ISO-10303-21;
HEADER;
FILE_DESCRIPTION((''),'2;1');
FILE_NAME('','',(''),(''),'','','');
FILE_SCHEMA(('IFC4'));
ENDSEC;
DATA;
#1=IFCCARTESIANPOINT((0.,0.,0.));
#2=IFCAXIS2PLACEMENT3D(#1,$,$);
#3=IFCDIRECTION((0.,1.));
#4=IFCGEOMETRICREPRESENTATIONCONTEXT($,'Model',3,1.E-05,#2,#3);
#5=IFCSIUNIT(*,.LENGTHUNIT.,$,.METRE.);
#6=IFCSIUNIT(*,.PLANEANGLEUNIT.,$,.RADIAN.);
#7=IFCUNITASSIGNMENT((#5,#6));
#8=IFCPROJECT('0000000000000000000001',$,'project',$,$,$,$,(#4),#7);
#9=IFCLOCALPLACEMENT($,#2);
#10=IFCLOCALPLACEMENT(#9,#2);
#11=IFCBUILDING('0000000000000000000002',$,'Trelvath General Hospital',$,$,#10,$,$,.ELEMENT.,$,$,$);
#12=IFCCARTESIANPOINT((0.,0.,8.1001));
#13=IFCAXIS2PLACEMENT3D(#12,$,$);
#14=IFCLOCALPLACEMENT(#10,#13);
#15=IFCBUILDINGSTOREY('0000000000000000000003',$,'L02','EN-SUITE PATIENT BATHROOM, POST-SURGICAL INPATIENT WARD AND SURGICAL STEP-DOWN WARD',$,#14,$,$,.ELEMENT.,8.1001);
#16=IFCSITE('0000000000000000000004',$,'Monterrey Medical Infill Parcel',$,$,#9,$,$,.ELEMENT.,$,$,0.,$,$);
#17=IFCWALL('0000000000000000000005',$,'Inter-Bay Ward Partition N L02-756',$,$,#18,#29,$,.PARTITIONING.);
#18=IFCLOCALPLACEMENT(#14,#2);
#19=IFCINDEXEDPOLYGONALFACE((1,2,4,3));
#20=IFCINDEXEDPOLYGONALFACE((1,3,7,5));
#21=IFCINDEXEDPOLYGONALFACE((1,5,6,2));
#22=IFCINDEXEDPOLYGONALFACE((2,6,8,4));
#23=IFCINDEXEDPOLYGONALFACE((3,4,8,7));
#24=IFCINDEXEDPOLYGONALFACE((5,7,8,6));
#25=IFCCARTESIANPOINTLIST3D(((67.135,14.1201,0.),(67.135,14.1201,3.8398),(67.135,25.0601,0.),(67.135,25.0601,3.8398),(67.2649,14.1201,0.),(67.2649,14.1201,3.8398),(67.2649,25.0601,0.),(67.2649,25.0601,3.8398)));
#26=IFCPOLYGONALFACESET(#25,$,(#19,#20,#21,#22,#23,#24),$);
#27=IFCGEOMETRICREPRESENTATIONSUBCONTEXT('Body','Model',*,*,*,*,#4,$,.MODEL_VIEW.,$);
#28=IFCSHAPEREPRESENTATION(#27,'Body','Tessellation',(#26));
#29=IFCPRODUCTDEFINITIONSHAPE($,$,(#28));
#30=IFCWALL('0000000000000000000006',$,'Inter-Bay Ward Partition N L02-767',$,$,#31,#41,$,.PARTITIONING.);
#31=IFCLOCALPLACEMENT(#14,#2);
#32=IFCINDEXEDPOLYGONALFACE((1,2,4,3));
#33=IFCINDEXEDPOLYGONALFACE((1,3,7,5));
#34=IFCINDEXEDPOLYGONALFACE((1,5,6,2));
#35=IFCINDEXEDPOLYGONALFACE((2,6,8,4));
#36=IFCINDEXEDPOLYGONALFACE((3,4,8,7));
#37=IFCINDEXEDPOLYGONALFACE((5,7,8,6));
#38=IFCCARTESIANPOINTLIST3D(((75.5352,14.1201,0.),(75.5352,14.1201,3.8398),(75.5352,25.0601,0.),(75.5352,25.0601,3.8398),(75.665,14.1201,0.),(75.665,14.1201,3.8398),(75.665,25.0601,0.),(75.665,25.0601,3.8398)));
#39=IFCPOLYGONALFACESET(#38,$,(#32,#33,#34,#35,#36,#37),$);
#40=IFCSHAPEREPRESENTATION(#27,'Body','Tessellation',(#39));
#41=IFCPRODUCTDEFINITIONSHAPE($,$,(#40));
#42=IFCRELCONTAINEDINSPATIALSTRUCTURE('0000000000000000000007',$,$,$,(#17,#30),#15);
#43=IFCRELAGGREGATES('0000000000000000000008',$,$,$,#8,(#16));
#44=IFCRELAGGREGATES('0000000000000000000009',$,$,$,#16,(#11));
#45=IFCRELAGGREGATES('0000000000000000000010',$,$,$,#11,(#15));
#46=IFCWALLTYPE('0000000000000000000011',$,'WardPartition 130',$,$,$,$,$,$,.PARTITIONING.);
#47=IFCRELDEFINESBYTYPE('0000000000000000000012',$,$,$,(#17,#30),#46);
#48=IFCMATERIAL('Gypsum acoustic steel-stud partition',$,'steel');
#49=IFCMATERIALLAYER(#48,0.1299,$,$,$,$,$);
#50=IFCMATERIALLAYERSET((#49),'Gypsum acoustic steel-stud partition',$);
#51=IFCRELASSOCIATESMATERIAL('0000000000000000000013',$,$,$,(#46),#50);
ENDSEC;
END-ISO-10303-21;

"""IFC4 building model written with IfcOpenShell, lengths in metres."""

from ifc_helpers import new_model, si_unit, direction, frame, frame_2d, origin, place, context, subcontext, project, spatial, rectangle, extrude, material, layer, layer_set, type_object, element, save


model = new_model("IFC4")

# Units and contexts
model_context = context("Model", 3, precision=1e-05, world=origin(), true_north=direction((0.0, 1.0)))
body_context = subcontext(model_context, "Body", "Model", "MODEL_VIEW")
ifc_project = project(units=[si_unit("LENGTHUNIT", "METRE"), si_unit("PLANEANGLEUNIT", "RADIAN")], contexts=[model_context])

# Site, building, storey
site_placement = place(None, origin())
site = spatial("IfcSite", under=ifc_project, at=site_placement, Name="Monterrey Medical Infill Parcel", CompositionType="ELEMENT", RefElevation=0.0)
building_placement = place(site_placement, origin())
building = spatial("IfcBuilding", under=site, at=building_placement, Name="Trelvath General Hospital", CompositionType="ELEMENT")
storey_placement = place(building_placement, frame((0.0, 0.0, 8.1001)))
storey = spatial("IfcBuildingStorey", under=building, at=storey_placement, Name="L02", Description="EN-SUITE PATIENT BATHROOM, POST-SURGICAL INPATIENT WARD AND SURGICAL STEP-DOWN WARD", CompositionType="ELEMENT", Elevation=8.1001)

# Walls
ifc_material_1 = material(Name="Gypsum acoustic steel-stud partition", Category="steel")
ifc_layer_1 = layer(ifc_material_1, 0.1299)
ifc_layer_set_1 = layer_set([ifc_layer_1], Name="Gypsum acoustic steel-stud partition")
wall_type_1 = type_object("IfcWallType", Name="WardPartition 130", PredefinedType="PARTITIONING", material=ifc_layer_set_1)
for number, where, z_axis, x_axis, name in (
    (1, (67.2, 14.1201, 0.0), (0.0, 0.0, 1.0), (0.0, 1.0, 0.0), "Inter-Bay Ward Partition N L02-756"),
    (2, (75.6001, 14.1201, 0.0), (0.0, 0.0, 1.0), (0.0, 1.0, 0.0), "Inter-Bay Ward Partition N L02-767"),
):
    element("IfcWall", number, at=place(storey_placement, frame(where, z_axis=z_axis, x_axis=x_axis)), inside=storey, type_object=wall_type_1, Name=name, PredefinedType="PARTITIONING", context=body_context, shape_type="SweptSolid", body=[
        extrude(rectangle(XDim=10.9399, YDim=0.1299, at=frame_2d((5.47, 0.0))), origin(), (0.0, 0.0, 1.0), 3.8398),
    ])

save(model, "model.ifc")
